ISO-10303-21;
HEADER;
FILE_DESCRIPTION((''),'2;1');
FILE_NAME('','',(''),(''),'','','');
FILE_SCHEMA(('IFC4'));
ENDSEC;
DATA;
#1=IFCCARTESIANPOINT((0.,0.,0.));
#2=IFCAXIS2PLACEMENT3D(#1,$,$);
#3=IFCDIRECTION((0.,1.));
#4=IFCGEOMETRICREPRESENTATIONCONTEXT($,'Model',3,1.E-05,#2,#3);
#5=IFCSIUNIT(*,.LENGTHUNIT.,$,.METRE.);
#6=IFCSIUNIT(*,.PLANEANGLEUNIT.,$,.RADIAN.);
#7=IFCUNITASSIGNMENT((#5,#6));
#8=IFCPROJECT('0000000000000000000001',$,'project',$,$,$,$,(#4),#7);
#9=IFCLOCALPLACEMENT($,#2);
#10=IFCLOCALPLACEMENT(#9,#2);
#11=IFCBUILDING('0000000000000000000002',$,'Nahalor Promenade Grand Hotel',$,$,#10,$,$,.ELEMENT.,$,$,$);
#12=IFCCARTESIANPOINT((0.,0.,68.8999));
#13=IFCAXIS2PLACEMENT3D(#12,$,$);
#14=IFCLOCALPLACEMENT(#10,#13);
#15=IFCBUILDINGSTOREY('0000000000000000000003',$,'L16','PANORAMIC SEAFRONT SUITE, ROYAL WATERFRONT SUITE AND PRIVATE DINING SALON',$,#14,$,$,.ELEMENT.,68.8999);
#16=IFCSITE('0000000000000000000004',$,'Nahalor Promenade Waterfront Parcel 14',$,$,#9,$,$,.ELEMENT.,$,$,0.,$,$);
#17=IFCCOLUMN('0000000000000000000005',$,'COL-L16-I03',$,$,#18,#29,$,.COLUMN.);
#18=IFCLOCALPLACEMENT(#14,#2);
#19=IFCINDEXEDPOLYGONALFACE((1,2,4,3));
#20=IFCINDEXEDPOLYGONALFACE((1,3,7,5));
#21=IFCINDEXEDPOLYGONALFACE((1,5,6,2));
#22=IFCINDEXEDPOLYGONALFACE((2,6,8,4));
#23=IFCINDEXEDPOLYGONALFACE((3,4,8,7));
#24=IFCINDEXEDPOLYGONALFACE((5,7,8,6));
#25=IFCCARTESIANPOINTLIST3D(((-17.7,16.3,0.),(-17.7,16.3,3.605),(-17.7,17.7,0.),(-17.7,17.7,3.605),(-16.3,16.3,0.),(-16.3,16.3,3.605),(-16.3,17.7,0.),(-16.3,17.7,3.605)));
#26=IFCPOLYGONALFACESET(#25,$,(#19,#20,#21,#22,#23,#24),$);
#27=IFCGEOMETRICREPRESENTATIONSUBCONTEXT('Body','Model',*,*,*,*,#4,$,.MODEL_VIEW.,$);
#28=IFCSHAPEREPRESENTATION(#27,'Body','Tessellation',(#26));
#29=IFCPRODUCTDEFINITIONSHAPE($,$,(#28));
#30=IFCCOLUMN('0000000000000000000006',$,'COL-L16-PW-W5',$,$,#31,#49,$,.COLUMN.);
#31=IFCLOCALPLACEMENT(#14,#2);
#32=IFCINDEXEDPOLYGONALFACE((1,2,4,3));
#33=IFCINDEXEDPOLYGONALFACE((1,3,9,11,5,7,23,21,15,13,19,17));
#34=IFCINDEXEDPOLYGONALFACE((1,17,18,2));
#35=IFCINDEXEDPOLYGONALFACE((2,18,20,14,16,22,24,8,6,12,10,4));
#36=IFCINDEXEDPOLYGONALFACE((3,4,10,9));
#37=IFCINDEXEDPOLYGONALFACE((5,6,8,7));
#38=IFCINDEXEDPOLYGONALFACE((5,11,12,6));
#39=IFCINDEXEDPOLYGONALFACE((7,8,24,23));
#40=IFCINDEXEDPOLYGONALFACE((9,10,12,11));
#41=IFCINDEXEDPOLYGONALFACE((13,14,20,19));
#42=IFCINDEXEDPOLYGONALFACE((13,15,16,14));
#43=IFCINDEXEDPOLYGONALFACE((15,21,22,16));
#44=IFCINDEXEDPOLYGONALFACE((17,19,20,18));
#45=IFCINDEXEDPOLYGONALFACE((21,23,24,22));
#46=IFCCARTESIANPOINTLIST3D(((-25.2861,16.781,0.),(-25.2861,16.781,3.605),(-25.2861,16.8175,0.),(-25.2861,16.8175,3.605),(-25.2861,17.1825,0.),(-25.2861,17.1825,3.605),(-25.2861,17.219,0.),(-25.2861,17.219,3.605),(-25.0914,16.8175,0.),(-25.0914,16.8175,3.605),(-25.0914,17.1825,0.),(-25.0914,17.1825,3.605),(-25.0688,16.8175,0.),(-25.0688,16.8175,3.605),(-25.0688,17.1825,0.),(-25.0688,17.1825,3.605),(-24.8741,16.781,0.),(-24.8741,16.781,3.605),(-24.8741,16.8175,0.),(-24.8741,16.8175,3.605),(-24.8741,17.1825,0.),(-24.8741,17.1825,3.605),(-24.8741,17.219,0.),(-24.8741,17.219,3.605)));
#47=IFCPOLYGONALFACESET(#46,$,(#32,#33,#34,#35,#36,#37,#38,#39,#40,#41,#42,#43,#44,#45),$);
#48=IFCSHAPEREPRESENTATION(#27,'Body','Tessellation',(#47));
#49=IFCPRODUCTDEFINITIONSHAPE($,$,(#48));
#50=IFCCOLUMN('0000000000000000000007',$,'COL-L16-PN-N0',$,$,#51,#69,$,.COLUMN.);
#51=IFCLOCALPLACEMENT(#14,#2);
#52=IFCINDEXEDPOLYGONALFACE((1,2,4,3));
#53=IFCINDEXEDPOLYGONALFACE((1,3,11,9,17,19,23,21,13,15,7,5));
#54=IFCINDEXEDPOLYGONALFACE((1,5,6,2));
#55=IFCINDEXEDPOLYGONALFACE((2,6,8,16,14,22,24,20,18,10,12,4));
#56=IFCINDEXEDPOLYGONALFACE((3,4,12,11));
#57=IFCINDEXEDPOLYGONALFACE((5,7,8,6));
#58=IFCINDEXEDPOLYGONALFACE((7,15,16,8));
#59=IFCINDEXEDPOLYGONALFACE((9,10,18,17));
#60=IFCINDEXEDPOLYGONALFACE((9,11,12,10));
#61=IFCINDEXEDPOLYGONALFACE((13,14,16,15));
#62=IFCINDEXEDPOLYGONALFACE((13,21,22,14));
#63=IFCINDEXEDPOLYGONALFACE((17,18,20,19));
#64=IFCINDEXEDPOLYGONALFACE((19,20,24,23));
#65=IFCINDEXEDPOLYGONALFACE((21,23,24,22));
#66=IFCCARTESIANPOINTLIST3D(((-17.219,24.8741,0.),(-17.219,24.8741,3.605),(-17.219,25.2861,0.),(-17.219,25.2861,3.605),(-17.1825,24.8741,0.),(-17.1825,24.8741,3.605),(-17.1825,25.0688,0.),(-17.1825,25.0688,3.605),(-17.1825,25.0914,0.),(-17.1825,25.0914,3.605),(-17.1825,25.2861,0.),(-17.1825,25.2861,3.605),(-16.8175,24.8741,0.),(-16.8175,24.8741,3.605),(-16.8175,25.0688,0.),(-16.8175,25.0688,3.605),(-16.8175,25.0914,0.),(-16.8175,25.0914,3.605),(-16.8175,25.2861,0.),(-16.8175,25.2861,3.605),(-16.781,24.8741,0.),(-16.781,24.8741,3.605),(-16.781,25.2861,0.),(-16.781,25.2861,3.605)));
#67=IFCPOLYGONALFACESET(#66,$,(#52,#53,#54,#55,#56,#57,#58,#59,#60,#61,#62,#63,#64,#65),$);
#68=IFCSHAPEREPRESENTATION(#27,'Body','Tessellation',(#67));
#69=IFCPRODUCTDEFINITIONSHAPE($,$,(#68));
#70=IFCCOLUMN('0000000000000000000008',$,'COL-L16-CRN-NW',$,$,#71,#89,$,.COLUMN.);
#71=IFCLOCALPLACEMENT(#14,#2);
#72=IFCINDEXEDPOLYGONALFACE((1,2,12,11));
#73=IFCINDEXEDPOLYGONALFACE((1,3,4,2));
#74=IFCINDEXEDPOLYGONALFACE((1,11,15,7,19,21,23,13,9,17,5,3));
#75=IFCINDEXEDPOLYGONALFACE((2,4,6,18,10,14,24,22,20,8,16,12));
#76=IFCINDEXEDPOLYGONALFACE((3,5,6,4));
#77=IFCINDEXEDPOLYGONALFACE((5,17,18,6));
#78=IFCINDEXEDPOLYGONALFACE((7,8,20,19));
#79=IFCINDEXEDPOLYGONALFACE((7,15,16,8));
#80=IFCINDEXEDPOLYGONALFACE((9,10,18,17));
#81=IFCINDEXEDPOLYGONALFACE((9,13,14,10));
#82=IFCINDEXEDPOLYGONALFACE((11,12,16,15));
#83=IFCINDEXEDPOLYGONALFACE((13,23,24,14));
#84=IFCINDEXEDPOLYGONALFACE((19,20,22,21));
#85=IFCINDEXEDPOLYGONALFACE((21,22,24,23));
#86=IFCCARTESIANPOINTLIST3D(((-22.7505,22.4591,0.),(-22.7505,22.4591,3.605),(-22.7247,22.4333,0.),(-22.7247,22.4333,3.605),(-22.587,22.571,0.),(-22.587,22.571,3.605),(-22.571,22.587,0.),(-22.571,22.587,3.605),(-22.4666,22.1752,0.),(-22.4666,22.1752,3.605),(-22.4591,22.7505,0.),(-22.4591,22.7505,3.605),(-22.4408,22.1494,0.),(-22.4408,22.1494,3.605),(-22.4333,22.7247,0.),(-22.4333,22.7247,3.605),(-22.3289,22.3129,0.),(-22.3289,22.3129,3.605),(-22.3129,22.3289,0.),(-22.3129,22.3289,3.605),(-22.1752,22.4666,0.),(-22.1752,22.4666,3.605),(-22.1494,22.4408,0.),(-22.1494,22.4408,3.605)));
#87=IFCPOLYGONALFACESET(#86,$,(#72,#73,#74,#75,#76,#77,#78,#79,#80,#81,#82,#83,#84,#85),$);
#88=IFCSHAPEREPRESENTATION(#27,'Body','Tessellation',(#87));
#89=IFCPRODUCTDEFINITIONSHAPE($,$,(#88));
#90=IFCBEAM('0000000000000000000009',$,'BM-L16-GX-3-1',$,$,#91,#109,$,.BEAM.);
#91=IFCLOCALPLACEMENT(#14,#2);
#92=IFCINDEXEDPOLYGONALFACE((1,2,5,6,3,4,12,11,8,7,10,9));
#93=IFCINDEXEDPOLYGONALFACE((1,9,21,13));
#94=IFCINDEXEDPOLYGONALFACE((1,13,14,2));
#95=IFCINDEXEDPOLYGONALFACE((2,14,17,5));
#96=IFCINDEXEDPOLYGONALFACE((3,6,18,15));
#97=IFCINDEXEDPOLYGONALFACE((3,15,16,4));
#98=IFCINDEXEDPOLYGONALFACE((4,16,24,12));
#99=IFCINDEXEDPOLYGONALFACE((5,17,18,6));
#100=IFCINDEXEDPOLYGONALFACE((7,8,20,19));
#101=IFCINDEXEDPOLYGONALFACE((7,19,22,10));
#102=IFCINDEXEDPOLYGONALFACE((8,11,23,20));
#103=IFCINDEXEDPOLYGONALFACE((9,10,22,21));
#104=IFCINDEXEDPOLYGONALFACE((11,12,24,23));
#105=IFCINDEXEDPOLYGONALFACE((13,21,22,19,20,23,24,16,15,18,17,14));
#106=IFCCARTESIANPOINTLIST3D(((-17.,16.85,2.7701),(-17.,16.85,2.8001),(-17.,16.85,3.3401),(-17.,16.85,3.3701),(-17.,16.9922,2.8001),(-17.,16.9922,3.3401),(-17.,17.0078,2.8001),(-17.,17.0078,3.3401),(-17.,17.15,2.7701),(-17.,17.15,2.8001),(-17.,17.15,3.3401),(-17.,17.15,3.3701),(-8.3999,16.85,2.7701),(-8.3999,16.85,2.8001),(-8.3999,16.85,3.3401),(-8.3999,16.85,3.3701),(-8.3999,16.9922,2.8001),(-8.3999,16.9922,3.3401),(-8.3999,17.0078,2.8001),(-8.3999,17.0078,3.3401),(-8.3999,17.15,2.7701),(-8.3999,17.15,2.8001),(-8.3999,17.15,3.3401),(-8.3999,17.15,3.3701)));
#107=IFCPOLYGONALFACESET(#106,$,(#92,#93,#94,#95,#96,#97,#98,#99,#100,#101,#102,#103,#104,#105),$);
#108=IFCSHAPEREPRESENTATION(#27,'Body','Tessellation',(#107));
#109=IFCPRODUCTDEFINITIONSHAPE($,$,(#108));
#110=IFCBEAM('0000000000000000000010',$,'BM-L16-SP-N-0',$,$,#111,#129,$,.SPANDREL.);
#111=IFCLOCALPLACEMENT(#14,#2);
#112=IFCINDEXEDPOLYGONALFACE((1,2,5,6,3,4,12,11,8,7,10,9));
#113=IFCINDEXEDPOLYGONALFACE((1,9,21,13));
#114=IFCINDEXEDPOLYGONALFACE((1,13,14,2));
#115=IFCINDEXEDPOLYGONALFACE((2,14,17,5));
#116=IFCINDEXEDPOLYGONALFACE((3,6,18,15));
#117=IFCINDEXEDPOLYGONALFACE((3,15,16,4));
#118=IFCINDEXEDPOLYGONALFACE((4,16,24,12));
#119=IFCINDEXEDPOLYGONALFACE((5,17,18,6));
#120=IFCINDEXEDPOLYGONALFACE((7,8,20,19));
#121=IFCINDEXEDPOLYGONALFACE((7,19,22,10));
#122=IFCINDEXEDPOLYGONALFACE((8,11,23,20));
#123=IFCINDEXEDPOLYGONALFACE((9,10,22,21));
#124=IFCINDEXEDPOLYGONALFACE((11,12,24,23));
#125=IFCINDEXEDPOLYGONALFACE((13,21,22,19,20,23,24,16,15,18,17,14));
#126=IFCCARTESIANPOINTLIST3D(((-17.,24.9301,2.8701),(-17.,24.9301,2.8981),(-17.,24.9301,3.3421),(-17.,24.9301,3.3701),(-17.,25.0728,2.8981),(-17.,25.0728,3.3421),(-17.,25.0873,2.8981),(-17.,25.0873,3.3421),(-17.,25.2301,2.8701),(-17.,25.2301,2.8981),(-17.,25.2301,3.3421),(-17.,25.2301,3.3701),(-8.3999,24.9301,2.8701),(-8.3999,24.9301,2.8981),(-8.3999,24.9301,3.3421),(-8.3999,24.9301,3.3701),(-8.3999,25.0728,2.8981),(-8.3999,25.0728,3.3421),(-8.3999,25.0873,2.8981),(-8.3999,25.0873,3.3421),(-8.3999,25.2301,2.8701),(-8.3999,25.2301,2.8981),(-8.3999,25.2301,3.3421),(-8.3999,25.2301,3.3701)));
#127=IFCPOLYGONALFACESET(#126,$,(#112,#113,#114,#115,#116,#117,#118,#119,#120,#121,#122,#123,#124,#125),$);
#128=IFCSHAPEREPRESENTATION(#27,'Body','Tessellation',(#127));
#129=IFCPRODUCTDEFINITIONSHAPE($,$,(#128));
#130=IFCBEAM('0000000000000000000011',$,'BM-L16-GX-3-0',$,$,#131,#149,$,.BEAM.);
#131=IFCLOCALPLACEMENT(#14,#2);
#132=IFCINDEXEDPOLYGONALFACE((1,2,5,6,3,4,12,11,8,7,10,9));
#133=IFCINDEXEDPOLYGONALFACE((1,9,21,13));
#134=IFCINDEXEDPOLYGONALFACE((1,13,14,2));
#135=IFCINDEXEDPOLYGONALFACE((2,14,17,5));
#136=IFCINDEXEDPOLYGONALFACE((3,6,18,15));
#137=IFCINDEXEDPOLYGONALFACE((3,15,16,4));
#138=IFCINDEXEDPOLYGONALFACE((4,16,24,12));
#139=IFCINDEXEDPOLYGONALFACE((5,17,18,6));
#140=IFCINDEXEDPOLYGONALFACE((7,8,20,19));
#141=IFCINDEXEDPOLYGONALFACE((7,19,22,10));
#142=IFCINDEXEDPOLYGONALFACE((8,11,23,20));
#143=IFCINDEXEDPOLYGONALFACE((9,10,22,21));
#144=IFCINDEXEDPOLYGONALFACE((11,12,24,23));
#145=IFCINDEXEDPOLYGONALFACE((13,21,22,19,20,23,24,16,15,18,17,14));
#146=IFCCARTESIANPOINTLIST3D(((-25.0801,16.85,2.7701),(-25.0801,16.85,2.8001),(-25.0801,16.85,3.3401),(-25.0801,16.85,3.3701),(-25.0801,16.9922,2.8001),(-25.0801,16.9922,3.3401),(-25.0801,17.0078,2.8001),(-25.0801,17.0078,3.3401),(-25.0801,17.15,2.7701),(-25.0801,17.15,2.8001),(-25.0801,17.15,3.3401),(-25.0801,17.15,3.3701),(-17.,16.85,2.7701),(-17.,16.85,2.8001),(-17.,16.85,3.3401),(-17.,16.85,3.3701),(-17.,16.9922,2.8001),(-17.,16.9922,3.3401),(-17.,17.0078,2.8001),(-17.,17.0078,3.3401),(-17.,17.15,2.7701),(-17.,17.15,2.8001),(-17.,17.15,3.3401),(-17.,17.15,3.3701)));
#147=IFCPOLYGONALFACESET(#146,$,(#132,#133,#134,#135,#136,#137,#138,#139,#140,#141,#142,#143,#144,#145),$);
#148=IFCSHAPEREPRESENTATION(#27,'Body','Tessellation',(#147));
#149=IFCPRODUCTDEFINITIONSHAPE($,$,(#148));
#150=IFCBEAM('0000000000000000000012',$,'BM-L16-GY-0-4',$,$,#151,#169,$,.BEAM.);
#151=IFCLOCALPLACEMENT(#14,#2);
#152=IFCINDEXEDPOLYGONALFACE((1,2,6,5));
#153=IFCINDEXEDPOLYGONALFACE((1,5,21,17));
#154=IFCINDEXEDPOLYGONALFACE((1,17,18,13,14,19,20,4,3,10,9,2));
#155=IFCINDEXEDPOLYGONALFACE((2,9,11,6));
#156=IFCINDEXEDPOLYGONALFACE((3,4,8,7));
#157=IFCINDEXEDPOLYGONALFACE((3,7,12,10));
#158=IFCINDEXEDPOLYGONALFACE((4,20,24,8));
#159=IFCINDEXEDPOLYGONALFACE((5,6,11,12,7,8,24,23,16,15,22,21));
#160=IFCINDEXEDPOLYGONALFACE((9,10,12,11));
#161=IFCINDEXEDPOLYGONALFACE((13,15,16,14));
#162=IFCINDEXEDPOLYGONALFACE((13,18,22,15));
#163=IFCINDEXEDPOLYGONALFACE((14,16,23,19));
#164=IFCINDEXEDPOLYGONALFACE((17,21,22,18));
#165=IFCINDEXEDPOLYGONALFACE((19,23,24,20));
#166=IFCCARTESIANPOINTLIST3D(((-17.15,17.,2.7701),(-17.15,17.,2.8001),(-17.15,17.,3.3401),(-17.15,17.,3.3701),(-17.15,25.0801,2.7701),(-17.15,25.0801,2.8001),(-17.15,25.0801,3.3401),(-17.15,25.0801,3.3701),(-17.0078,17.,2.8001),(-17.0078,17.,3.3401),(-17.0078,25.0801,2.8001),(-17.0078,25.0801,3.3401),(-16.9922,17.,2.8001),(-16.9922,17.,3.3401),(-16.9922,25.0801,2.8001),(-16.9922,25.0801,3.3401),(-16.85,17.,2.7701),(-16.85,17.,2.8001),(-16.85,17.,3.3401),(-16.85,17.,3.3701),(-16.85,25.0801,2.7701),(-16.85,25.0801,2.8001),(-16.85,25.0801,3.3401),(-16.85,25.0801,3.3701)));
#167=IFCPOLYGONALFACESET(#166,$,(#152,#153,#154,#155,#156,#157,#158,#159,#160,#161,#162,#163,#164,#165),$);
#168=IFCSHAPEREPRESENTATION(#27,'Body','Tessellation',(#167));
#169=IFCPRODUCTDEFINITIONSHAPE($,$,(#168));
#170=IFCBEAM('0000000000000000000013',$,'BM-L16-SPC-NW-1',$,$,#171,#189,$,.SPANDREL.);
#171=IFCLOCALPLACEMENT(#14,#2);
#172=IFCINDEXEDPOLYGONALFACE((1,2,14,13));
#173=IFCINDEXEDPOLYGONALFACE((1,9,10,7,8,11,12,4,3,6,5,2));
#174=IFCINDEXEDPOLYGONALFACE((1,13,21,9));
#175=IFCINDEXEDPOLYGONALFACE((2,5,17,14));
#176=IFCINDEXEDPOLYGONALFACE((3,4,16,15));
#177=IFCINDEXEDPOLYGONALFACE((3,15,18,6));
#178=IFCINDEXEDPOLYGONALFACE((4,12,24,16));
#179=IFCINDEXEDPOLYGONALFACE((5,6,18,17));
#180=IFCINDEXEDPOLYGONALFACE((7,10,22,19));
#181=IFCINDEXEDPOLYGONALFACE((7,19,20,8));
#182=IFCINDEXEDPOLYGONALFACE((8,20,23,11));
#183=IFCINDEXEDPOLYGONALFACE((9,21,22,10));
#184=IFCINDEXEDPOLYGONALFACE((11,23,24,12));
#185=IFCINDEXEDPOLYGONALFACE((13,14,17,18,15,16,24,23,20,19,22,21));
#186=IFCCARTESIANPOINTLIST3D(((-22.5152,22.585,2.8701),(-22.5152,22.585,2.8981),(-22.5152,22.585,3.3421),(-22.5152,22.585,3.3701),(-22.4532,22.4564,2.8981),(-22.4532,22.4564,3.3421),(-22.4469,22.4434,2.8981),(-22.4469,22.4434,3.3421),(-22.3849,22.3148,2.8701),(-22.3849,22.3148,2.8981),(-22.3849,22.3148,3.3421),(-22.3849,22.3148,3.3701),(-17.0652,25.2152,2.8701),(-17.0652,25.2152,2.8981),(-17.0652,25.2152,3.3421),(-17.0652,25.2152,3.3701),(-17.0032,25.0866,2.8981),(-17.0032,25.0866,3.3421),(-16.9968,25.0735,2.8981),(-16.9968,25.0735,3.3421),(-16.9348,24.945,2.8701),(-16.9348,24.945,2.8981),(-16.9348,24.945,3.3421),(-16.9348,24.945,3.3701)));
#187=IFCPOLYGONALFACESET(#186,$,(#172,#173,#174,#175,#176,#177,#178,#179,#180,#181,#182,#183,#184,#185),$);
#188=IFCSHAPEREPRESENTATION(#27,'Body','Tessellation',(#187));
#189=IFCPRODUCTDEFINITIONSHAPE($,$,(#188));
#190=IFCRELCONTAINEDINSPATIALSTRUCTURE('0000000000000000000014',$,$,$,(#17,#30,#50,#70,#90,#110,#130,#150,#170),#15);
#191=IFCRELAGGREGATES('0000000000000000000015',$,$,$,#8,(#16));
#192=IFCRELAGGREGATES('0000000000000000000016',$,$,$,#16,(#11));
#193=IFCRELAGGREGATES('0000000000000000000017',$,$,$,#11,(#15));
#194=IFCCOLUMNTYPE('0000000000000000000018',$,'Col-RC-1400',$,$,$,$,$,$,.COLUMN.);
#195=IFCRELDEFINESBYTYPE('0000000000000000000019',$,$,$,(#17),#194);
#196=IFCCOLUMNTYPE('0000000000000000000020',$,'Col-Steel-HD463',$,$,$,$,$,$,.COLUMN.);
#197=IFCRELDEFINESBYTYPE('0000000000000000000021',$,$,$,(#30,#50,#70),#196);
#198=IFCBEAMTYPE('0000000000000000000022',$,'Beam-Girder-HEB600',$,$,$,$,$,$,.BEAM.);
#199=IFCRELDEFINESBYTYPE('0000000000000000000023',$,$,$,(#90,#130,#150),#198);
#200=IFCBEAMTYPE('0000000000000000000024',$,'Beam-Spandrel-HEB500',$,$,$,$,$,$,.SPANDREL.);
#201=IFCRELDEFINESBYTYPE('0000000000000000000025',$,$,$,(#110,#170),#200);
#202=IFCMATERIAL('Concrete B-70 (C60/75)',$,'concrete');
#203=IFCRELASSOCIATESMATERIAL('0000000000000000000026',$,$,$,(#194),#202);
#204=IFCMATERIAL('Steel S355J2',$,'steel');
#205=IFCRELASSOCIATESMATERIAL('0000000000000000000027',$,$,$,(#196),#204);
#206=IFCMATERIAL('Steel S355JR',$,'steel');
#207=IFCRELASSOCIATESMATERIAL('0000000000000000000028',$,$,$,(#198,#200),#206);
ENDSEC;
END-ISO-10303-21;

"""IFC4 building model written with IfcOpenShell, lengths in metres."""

from ifc_helpers import new_model, si_unit, direction, frame, origin, origin_2d, place, context, subcontext, project, spatial, rectangle, i_section, extrude, source, transform, mapped, material, material_profile, profile_set, type_object, element, save


model = new_model("IFC4")

# Units and contexts
model_context = context("Model", 3, precision=1e-05, world=origin(), true_north=direction((0.0, 1.0)))
body_context = subcontext(model_context, "Body", "Model", "MODEL_VIEW")
ifc_project = project(units=[si_unit("LENGTHUNIT", "METRE"), si_unit("PLANEANGLEUNIT", "RADIAN")], contexts=[model_context])

# Site, building, storey
site_placement = place(None, origin())
site = spatial("IfcSite", under=ifc_project, at=site_placement, Name="Nahalor Promenade Waterfront Parcel 14", CompositionType="ELEMENT", RefElevation=0.0)
building_placement = place(site_placement, origin())
building = spatial("IfcBuilding", under=site, at=building_placement, Name="Nahalor Promenade Grand Hotel", CompositionType="ELEMENT")
storey_placement = place(building_placement, frame((0.0, 0.0, 68.8999)))
storey = spatial("IfcBuildingStorey", under=building, at=storey_placement, Name="L16", Description="PANORAMIC SEAFRONT SUITE, ROYAL WATERFRONT SUITE AND PRIVATE DINING SALON", CompositionType="ELEMENT", Elevation=68.8999)

# Columns
ifc_material_1 = material(Name="Concrete B-70 (C60/75)", Category="concrete")
ifc_material_profile_1 = material_profile(ifc_material_1, rectangle(XDim=1.4, YDim=1.4, at=origin_2d()), Name="RC 1400x1400")
ifc_profile_set_1 = profile_set([ifc_material_profile_1], Name="Concrete B-70 (C60/75)")
column_type_1 = type_object("IfcColumnType", Name="Col-RC-1400", PredefinedType="COLUMN", material=ifc_profile_set_1)
shared_shape_1 = source(origin(), body_context, "Body", "SweptSolid", [
    extrude(rectangle(XDim=1.4, YDim=1.4, at=origin_2d()), origin(), (0.0, 0.0, 1.0), 3.605),
])
column_placement = place(storey_placement, frame((-17.0, 17.0, 0.0), z_axis=(0.0, 0.0, 1.0), x_axis=(1.0, 0.0, 0.0)))
element("IfcColumn", 1, at=column_placement, inside=storey, type_object=column_type_1, Name="COL-L16-I03", PredefinedType="COLUMN", context=body_context, shape_type="MappedRepresentation", body=[
    mapped(shared_shape_1, transform((0.0, 0.0, 0.0), scale=1.0)),
])
ifc_material_2 = material(Name="Steel S355J2", Category="steel")
ifc_material_profile_2 = material_profile(ifc_material_2, i_section(OverallWidth=0.412, OverallDepth=0.438, WebThickness=0.0226, FlangeThickness=0.0365, at=origin_2d()), Name="HD 400x463")
ifc_profile_set_2 = profile_set([ifc_material_profile_2], Name="Steel S355J2")
column_type_2 = type_object("IfcColumnType", Name="Col-Steel-HD463", PredefinedType="COLUMN", material=ifc_profile_set_2)
shared_shape_2 = source(origin(), body_context, "Body", "SweptSolid", [
    extrude(i_section(OverallWidth=0.412, OverallDepth=0.438, WebThickness=0.0226, FlangeThickness=0.0365, at=origin_2d()), origin(), (0.0, 0.0, 1.0), 3.605),
])
for number, where, z_axis, x_axis, name in (
    (2, (-25.0801, 17.0, 0.0), (0.0, 0.0, 1.0), (1.0, 0.0, 0.0), "COL-L16-PW-W5"),
    (3, (-17.0, 25.0801, 0.0), (0.0, 0.0, 1.0), (0.0, 1.0, 0.0), "COL-L16-PN-N0"),
    (4, (-22.45, 22.45, 0.0), (0.0, 0.0, 1.0), (0.707107, 0.707107, 0.0), "COL-L16-CRN-NW"),
):
    element("IfcColumn", number, at=place(storey_placement, frame(where, z_axis=z_axis, x_axis=x_axis)), inside=storey, type_object=column_type_2, Name=name, PredefinedType="COLUMN", context=body_context, shape_type="MappedRepresentation", body=[
        mapped(shared_shape_2, transform((0.0, 0.0, 0.0), scale=1.0)),
    ])

# Beams
ifc_material_3 = material(Name="Steel S355JR", Category="steel")
ifc_material_profile_3 = material_profile(ifc_material_3, i_section(OverallWidth=0.3, OverallDepth=0.6, WebThickness=0.0155, FlangeThickness=0.03, at=origin_2d()), Name="HEB 600")
ifc_profile_set_3 = profile_set([ifc_material_profile_3], Name="Steel S355JR")
beam_type_1 = type_object("IfcBeamType", Name="Beam-Girder-HEB600", PredefinedType="BEAM", material=ifc_profile_set_3)
shared_shape_3 = source(origin(), body_context, "Body", "SweptSolid", [
    extrude(i_section(OverallWidth=0.3, OverallDepth=0.6, WebThickness=0.0155, FlangeThickness=0.03, at=origin_2d()), origin(), (0.0, 0.0, 1.0), 8.6001),
])
beam_1_placement = place(storey_placement, frame((-17.0, 17.0, 3.0701), z_axis=(1.0, 0.0, 0.0), x_axis=(0.0, 1.0, 0.0)))
element("IfcBeam", 5, at=beam_1_placement, inside=storey, type_object=beam_type_1, Name="BM-L16-GX-3-1", PredefinedType="BEAM", context=body_context, shape_type="MappedRepresentation", body=[
    mapped(shared_shape_3, transform((0.0, 0.0, 0.0), scale=1.0)),
])
ifc_material_profile_4 = material_profile(ifc_material_3, i_section(OverallWidth=0.3, OverallDepth=0.5, WebThickness=0.0145, FlangeThickness=0.028, at=origin_2d()), Name="HEB 500")
ifc_profile_set_4 = profile_set([ifc_material_profile_4], Name="Steel S355JR")
beam_type_2 = type_object("IfcBeamType", Name="Beam-Spandrel-HEB500", PredefinedType="SPANDREL", material=ifc_profile_set_4)
shared_shape_4 = source(origin(), body_context, "Body", "SweptSolid", [
    extrude(i_section(OverallWidth=0.3, OverallDepth=0.5, WebThickness=0.0145, FlangeThickness=0.028, at=origin_2d()), origin(), (0.0, 0.0, 1.0), 8.6001),
])
beam_2_placement = place(storey_placement, frame((-17.0, 25.0801, 3.1201), z_axis=(1.0, 0.0, 0.0), x_axis=(0.0, 1.0, 0.0)))
element("IfcBeam", 6, at=beam_2_placement, inside=storey, type_object=beam_type_2, Name="BM-L16-SP-N-0", PredefinedType="SPANDREL", context=body_context, shape_type="MappedRepresentation", body=[
    mapped(shared_shape_4, transform((0.0, 0.0, 0.0), scale=1.0)),
])
shared_shape_5 = source(origin(), body_context, "Body", "SweptSolid", [
    extrude(i_section(OverallWidth=0.3, OverallDepth=0.6, WebThickness=0.0155, FlangeThickness=0.03, at=origin_2d()), origin(), (0.0, 0.0, 1.0), 8.0801),
])
for number, where, z_axis, x_axis, name in (
    (7, (-25.0801, 17.0, 3.0701), (1.0, 0.0, 0.0), (0.0, 1.0, 0.0), "BM-L16-GX-3-0"),
    (8, (-17.0, 17.0, 3.0701), (0.0, 1.0, 0.0), (-1.0, 0.0, 0.0), "BM-L16-GY-0-4"),
):
    element("IfcBeam", number, at=place(storey_placement, frame(where, z_axis=z_axis, x_axis=x_axis)), inside=storey, type_object=beam_type_1, Name=name, PredefinedType="BEAM", context=body_context, shape_type="MappedRepresentation", body=[
        mapped(shared_shape_5, transform((0.0, 0.0, 0.0), scale=1.0)),
    ])
shared_shape_6 = source(origin(), body_context, "Body", "SweptSolid", [
    extrude(i_section(OverallWidth=0.3, OverallDepth=0.5, WebThickness=0.0145, FlangeThickness=0.028, at=origin_2d()), origin(), (0.0, 0.0, 1.0), 6.0515),
])
for number, where, z_axis, x_axis, name in (
    (9, (-17.0, 25.0801, 3.1201), (-0.900609, -0.434631, 0.0), (0.434631, -0.900609, 0.0), "BM-L16-SPC-NW-1"),
):
    element("IfcBeam", number, at=place(storey_placement, frame(where, z_axis=z_axis, x_axis=x_axis)), inside=storey, type_object=beam_type_2, Name=name, PredefinedType="SPANDREL", context=body_context, shape_type="MappedRepresentation", body=[
        mapped(shared_shape_6, transform((0.0, 0.0, 0.0), scale=1.0)),
    ])

save(model, "model.ifc")
